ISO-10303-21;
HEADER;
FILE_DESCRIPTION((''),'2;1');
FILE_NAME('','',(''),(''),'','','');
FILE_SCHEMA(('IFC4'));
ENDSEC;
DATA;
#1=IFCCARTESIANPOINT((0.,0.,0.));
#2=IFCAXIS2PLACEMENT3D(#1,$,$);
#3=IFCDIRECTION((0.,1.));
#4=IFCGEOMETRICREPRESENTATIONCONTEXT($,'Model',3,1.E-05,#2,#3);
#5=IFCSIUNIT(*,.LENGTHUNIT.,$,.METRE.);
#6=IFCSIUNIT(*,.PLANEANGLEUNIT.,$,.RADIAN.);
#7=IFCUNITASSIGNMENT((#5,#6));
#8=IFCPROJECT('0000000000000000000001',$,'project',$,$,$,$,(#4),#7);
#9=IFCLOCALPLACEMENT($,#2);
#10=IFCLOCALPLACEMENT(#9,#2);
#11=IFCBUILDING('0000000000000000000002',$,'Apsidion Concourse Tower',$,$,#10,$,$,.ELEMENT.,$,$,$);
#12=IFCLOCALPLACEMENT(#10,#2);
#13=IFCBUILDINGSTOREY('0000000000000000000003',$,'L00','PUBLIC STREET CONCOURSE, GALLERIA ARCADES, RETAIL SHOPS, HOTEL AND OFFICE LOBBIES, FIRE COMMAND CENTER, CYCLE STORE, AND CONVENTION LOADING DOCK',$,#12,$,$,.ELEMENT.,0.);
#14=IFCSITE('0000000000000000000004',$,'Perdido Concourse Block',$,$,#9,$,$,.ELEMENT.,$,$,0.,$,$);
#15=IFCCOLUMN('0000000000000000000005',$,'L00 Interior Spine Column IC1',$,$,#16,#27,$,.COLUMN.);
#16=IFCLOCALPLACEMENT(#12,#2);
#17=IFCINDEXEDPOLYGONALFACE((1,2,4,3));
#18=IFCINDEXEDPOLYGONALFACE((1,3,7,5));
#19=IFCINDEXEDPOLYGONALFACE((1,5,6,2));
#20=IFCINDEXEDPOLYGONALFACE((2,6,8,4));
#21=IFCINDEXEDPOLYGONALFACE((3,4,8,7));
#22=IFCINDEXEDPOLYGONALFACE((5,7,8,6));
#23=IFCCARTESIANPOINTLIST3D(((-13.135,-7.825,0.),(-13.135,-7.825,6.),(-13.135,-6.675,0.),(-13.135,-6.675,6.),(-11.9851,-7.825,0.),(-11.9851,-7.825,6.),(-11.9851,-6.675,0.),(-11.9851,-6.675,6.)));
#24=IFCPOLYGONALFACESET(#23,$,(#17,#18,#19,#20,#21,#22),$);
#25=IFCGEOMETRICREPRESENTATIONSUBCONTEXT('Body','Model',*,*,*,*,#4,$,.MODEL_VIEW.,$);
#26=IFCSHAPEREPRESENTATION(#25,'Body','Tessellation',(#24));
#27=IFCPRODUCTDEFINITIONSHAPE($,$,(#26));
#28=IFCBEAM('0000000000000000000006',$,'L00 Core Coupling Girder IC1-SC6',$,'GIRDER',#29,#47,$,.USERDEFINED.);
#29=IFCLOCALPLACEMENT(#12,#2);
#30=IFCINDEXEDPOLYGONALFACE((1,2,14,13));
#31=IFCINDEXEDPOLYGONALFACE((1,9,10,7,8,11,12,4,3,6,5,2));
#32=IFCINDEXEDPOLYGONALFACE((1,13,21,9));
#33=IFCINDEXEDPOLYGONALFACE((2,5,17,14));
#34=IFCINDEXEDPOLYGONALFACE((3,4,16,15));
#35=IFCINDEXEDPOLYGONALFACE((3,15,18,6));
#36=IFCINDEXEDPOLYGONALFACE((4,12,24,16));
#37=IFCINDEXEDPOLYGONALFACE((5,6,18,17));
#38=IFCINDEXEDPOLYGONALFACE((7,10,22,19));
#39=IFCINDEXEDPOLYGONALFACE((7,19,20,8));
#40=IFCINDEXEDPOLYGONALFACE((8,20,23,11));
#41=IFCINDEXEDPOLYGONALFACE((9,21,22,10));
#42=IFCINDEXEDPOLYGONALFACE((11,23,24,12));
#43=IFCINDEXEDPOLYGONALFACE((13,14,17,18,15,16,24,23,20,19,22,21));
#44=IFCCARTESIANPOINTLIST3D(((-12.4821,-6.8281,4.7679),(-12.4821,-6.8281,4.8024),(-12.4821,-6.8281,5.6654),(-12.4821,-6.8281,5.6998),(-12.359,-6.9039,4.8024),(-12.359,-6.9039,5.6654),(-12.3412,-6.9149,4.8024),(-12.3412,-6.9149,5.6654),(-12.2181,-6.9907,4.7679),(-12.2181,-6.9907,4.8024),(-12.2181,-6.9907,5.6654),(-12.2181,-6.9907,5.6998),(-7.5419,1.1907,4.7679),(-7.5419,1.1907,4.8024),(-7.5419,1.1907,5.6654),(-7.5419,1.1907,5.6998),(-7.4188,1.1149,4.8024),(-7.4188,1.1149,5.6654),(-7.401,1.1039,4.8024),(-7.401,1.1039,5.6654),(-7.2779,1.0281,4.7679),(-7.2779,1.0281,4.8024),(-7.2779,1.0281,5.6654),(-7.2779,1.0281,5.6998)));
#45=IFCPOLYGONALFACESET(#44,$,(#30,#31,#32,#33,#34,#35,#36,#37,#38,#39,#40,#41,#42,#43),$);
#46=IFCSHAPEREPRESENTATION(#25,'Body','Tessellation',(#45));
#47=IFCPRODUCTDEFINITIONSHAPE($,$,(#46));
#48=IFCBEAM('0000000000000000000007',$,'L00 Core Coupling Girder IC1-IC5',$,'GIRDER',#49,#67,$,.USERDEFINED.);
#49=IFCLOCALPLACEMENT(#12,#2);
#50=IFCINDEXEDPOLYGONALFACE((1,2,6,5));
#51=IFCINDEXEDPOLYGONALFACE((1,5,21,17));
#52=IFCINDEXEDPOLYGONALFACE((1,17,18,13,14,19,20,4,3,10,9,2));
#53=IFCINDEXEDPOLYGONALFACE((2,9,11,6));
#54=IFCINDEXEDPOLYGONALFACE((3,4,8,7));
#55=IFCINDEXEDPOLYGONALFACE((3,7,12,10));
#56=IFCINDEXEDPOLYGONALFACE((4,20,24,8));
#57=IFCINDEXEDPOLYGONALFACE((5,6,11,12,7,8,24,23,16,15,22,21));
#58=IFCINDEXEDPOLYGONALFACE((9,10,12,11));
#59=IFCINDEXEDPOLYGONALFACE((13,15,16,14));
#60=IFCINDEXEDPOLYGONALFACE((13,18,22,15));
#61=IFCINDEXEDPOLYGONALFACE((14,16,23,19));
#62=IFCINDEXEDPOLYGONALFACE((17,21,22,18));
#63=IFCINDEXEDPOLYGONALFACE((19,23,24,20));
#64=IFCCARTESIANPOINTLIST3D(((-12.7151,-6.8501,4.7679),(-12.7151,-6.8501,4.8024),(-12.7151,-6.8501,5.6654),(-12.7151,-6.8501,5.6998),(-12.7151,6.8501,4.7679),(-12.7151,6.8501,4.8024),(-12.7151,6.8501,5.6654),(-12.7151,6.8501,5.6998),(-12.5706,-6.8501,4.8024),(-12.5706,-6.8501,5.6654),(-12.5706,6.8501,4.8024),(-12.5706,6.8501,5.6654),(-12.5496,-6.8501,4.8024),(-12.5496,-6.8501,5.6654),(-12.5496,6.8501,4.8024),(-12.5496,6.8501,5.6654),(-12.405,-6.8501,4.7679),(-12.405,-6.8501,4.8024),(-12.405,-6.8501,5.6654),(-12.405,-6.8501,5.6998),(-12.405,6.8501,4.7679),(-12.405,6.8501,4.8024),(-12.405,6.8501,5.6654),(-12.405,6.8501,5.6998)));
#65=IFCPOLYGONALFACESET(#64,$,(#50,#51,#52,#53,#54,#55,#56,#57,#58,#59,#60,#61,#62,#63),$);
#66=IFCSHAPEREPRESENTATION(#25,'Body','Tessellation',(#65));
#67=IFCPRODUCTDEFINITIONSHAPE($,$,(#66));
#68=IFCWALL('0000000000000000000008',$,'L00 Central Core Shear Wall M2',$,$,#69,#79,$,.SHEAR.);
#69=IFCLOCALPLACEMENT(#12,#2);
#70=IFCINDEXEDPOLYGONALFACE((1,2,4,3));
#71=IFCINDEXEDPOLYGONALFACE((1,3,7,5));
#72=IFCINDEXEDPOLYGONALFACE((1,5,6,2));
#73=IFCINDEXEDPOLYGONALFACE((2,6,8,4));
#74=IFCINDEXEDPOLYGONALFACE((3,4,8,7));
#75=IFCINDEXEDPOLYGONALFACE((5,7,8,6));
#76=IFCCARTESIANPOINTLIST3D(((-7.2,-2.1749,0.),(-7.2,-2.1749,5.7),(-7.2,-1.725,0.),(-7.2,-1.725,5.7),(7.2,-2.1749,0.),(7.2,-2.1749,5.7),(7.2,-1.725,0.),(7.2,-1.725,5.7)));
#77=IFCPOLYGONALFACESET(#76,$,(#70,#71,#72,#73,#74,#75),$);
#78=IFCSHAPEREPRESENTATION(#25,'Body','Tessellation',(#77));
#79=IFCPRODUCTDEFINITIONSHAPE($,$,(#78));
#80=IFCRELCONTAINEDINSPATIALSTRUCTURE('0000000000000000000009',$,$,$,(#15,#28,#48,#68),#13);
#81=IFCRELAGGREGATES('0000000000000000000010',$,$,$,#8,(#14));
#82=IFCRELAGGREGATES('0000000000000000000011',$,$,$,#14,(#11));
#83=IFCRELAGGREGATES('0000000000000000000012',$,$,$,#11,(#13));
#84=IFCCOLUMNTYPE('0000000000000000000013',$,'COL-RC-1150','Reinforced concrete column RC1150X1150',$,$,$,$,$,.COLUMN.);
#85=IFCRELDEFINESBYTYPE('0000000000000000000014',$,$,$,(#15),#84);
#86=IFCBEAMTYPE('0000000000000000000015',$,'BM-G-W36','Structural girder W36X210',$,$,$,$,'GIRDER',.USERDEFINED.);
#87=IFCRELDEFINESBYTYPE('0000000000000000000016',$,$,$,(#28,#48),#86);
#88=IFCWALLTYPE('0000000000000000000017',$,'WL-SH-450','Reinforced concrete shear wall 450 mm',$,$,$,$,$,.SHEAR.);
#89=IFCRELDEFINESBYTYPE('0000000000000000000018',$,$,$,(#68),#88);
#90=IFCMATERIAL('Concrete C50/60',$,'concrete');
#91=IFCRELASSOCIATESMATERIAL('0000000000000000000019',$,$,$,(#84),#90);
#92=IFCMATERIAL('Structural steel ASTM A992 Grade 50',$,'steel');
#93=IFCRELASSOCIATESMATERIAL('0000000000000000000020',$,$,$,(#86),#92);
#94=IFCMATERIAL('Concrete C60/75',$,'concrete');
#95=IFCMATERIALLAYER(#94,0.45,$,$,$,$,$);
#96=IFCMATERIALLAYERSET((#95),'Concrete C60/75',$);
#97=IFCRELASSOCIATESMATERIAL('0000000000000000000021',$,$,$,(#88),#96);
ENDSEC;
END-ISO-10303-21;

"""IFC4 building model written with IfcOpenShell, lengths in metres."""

from ifc_helpers import new_model, si_unit, direction, frame, frame_2d, origin, origin_2d, place, context, subcontext, project, spatial, rectangle, i_section, extrude, material, layer, layer_set, material_profile, profile_set, type_object, element, save


model = new_model("IFC4")

# Units and contexts
model_context = context("Model", 3, precision=1e-05, world=origin(), true_north=direction((0.0, 1.0)))
body_context = subcontext(model_context, "Body", "Model", "MODEL_VIEW")
ifc_project = project(units=[si_unit("LENGTHUNIT", "METRE"), si_unit("PLANEANGLEUNIT", "RADIAN")], contexts=[model_context])

# Site, building, storey
site_placement = place(None, origin())
site = spatial("IfcSite", under=ifc_project, at=site_placement, Name="Perdido Concourse Block", CompositionType="ELEMENT", RefElevation=0.0)
building_placement = place(site_placement, origin())
building = spatial("IfcBuilding", under=site, at=building_placement, Name="Apsidion Concourse Tower", CompositionType="ELEMENT")
storey_placement = place(building_placement, origin())
storey = spatial("IfcBuildingStorey", under=building, at=storey_placement, Name="L00", Description="PUBLIC STREET CONCOURSE, GALLERIA ARCADES, RETAIL SHOPS, HOTEL AND OFFICE LOBBIES, FIRE COMMAND CENTER, CYCLE STORE, AND CONVENTION LOADING DOCK", CompositionType="ELEMENT", Elevation=0.0)

# Column
ifc_material_1 = material(Name="Concrete C50/60", Category="concrete")
ifc_material_profile_1 = material_profile(ifc_material_1, rectangle(XDim=1.1499, YDim=1.1499, at=origin_2d()), Name="RC 1150x1150")
ifc_profile_set_1 = profile_set([ifc_material_profile_1], Name="Concrete C50/60")
column_type = type_object("IfcColumnType", Name="COL-RC-1150", Description="Reinforced concrete column RC1150X1150", PredefinedType="COLUMN", material=ifc_profile_set_1)
column_placement = place(storey_placement, frame((-12.5601, -7.25, 0.0), z_axis=(0.0, 0.0, 1.0), x_axis=(1.0, 0.0, 0.0)))
element("IfcColumn", 1, at=column_placement, inside=storey, type_object=column_type, Name="L00 Interior Spine Column IC1", PredefinedType="COLUMN", context=body_context, shape_type="SweptSolid", body=[
    extrude(rectangle(XDim=1.1499, YDim=1.1499, at=origin_2d()), origin(), (0.0, 0.0, 1.0), 6.0),
])

# Beams
ifc_material_2 = material(Name="Structural steel ASTM A992 Grade 50", Category="steel")
ifc_material_profile_2 = material_profile(ifc_material_2, i_section(OverallWidth=0.3101, OverallDepth=0.9319, WebThickness=0.021, FlangeThickness=0.0344, at=origin_2d()), Name="W36X210")
ifc_profile_set_2 = profile_set([ifc_material_profile_2], Name="Structural steel ASTM A992 Grade 50")
beam_type = type_object("IfcBeamType", Name="BM-G-W36", Description="Structural girder W36X210", ElementType="GIRDER", PredefinedType="USERDEFINED", material=ifc_profile_set_2)
beam_1_placement = place(storey_placement, frame((-12.3501, -6.9094, 5.2339), z_axis=(0.524524, 0.851396, 0.0), x_axis=(-0.851396, 0.524524, 0.0)))
element("IfcBeam", 2, at=beam_1_placement, inside=storey, type_object=beam_type, Name="L00 Core Coupling Girder IC1-SC6", ObjectType="GIRDER", PredefinedType="USERDEFINED", context=body_context, shape_type="SweptSolid", body=[
    extrude(i_section(OverallWidth=0.3101, OverallDepth=0.9319, WebThickness=0.021, FlangeThickness=0.0344, at=origin_2d()), origin(), (0.0, 0.0, 1.0), 9.4185),
])
beam_2_placement = place(storey_placement, frame((-12.5601, -6.8501, 5.2339), z_axis=(0.0, 1.0, 0.0), x_axis=(-1.0, 0.0, 0.0)))
element("IfcBeam", 3, at=beam_2_placement, inside=storey, type_object=beam_type, Name="L00 Core Coupling Girder IC1-IC5", ObjectType="GIRDER", PredefinedType="USERDEFINED", context=body_context, shape_type="SweptSolid", body=[
    extrude(i_section(OverallWidth=0.3101, OverallDepth=0.9319, WebThickness=0.021, FlangeThickness=0.0344, at=origin_2d()), origin(), (0.0, 0.0, 1.0), 13.7002),
])

# Wall
ifc_material_3 = material(Name="Concrete C60/75", Category="concrete")
ifc_layer = layer(ifc_material_3, 0.45)
ifc_layer_set = layer_set([ifc_layer], Name="Concrete C60/75")
wall_type = type_object("IfcWallType", Name="WL-SH-450", Description="Reinforced concrete shear wall 450 mm", PredefinedType="SHEAR", material=ifc_layer_set)
wall_1_placement = place(storey_placement, frame((-7.2, -1.95, 0.0), z_axis=(0.0, 0.0, 1.0), x_axis=(1.0, 0.0, 0.0)))
element("IfcWall", 4, at=wall_1_placement, inside=storey, type_object=wall_type, Name="L00 Central Core Shear Wall M2", PredefinedType="SHEAR", context=body_context, shape_type="SweptSolid", body=[
    extrude(rectangle(XDim=14.3999, YDim=0.45, at=frame_2d((7.2, 0.0))), origin(), (0.0, 0.0, 1.0), 5.7),
])

save(model, "model.ifc")
